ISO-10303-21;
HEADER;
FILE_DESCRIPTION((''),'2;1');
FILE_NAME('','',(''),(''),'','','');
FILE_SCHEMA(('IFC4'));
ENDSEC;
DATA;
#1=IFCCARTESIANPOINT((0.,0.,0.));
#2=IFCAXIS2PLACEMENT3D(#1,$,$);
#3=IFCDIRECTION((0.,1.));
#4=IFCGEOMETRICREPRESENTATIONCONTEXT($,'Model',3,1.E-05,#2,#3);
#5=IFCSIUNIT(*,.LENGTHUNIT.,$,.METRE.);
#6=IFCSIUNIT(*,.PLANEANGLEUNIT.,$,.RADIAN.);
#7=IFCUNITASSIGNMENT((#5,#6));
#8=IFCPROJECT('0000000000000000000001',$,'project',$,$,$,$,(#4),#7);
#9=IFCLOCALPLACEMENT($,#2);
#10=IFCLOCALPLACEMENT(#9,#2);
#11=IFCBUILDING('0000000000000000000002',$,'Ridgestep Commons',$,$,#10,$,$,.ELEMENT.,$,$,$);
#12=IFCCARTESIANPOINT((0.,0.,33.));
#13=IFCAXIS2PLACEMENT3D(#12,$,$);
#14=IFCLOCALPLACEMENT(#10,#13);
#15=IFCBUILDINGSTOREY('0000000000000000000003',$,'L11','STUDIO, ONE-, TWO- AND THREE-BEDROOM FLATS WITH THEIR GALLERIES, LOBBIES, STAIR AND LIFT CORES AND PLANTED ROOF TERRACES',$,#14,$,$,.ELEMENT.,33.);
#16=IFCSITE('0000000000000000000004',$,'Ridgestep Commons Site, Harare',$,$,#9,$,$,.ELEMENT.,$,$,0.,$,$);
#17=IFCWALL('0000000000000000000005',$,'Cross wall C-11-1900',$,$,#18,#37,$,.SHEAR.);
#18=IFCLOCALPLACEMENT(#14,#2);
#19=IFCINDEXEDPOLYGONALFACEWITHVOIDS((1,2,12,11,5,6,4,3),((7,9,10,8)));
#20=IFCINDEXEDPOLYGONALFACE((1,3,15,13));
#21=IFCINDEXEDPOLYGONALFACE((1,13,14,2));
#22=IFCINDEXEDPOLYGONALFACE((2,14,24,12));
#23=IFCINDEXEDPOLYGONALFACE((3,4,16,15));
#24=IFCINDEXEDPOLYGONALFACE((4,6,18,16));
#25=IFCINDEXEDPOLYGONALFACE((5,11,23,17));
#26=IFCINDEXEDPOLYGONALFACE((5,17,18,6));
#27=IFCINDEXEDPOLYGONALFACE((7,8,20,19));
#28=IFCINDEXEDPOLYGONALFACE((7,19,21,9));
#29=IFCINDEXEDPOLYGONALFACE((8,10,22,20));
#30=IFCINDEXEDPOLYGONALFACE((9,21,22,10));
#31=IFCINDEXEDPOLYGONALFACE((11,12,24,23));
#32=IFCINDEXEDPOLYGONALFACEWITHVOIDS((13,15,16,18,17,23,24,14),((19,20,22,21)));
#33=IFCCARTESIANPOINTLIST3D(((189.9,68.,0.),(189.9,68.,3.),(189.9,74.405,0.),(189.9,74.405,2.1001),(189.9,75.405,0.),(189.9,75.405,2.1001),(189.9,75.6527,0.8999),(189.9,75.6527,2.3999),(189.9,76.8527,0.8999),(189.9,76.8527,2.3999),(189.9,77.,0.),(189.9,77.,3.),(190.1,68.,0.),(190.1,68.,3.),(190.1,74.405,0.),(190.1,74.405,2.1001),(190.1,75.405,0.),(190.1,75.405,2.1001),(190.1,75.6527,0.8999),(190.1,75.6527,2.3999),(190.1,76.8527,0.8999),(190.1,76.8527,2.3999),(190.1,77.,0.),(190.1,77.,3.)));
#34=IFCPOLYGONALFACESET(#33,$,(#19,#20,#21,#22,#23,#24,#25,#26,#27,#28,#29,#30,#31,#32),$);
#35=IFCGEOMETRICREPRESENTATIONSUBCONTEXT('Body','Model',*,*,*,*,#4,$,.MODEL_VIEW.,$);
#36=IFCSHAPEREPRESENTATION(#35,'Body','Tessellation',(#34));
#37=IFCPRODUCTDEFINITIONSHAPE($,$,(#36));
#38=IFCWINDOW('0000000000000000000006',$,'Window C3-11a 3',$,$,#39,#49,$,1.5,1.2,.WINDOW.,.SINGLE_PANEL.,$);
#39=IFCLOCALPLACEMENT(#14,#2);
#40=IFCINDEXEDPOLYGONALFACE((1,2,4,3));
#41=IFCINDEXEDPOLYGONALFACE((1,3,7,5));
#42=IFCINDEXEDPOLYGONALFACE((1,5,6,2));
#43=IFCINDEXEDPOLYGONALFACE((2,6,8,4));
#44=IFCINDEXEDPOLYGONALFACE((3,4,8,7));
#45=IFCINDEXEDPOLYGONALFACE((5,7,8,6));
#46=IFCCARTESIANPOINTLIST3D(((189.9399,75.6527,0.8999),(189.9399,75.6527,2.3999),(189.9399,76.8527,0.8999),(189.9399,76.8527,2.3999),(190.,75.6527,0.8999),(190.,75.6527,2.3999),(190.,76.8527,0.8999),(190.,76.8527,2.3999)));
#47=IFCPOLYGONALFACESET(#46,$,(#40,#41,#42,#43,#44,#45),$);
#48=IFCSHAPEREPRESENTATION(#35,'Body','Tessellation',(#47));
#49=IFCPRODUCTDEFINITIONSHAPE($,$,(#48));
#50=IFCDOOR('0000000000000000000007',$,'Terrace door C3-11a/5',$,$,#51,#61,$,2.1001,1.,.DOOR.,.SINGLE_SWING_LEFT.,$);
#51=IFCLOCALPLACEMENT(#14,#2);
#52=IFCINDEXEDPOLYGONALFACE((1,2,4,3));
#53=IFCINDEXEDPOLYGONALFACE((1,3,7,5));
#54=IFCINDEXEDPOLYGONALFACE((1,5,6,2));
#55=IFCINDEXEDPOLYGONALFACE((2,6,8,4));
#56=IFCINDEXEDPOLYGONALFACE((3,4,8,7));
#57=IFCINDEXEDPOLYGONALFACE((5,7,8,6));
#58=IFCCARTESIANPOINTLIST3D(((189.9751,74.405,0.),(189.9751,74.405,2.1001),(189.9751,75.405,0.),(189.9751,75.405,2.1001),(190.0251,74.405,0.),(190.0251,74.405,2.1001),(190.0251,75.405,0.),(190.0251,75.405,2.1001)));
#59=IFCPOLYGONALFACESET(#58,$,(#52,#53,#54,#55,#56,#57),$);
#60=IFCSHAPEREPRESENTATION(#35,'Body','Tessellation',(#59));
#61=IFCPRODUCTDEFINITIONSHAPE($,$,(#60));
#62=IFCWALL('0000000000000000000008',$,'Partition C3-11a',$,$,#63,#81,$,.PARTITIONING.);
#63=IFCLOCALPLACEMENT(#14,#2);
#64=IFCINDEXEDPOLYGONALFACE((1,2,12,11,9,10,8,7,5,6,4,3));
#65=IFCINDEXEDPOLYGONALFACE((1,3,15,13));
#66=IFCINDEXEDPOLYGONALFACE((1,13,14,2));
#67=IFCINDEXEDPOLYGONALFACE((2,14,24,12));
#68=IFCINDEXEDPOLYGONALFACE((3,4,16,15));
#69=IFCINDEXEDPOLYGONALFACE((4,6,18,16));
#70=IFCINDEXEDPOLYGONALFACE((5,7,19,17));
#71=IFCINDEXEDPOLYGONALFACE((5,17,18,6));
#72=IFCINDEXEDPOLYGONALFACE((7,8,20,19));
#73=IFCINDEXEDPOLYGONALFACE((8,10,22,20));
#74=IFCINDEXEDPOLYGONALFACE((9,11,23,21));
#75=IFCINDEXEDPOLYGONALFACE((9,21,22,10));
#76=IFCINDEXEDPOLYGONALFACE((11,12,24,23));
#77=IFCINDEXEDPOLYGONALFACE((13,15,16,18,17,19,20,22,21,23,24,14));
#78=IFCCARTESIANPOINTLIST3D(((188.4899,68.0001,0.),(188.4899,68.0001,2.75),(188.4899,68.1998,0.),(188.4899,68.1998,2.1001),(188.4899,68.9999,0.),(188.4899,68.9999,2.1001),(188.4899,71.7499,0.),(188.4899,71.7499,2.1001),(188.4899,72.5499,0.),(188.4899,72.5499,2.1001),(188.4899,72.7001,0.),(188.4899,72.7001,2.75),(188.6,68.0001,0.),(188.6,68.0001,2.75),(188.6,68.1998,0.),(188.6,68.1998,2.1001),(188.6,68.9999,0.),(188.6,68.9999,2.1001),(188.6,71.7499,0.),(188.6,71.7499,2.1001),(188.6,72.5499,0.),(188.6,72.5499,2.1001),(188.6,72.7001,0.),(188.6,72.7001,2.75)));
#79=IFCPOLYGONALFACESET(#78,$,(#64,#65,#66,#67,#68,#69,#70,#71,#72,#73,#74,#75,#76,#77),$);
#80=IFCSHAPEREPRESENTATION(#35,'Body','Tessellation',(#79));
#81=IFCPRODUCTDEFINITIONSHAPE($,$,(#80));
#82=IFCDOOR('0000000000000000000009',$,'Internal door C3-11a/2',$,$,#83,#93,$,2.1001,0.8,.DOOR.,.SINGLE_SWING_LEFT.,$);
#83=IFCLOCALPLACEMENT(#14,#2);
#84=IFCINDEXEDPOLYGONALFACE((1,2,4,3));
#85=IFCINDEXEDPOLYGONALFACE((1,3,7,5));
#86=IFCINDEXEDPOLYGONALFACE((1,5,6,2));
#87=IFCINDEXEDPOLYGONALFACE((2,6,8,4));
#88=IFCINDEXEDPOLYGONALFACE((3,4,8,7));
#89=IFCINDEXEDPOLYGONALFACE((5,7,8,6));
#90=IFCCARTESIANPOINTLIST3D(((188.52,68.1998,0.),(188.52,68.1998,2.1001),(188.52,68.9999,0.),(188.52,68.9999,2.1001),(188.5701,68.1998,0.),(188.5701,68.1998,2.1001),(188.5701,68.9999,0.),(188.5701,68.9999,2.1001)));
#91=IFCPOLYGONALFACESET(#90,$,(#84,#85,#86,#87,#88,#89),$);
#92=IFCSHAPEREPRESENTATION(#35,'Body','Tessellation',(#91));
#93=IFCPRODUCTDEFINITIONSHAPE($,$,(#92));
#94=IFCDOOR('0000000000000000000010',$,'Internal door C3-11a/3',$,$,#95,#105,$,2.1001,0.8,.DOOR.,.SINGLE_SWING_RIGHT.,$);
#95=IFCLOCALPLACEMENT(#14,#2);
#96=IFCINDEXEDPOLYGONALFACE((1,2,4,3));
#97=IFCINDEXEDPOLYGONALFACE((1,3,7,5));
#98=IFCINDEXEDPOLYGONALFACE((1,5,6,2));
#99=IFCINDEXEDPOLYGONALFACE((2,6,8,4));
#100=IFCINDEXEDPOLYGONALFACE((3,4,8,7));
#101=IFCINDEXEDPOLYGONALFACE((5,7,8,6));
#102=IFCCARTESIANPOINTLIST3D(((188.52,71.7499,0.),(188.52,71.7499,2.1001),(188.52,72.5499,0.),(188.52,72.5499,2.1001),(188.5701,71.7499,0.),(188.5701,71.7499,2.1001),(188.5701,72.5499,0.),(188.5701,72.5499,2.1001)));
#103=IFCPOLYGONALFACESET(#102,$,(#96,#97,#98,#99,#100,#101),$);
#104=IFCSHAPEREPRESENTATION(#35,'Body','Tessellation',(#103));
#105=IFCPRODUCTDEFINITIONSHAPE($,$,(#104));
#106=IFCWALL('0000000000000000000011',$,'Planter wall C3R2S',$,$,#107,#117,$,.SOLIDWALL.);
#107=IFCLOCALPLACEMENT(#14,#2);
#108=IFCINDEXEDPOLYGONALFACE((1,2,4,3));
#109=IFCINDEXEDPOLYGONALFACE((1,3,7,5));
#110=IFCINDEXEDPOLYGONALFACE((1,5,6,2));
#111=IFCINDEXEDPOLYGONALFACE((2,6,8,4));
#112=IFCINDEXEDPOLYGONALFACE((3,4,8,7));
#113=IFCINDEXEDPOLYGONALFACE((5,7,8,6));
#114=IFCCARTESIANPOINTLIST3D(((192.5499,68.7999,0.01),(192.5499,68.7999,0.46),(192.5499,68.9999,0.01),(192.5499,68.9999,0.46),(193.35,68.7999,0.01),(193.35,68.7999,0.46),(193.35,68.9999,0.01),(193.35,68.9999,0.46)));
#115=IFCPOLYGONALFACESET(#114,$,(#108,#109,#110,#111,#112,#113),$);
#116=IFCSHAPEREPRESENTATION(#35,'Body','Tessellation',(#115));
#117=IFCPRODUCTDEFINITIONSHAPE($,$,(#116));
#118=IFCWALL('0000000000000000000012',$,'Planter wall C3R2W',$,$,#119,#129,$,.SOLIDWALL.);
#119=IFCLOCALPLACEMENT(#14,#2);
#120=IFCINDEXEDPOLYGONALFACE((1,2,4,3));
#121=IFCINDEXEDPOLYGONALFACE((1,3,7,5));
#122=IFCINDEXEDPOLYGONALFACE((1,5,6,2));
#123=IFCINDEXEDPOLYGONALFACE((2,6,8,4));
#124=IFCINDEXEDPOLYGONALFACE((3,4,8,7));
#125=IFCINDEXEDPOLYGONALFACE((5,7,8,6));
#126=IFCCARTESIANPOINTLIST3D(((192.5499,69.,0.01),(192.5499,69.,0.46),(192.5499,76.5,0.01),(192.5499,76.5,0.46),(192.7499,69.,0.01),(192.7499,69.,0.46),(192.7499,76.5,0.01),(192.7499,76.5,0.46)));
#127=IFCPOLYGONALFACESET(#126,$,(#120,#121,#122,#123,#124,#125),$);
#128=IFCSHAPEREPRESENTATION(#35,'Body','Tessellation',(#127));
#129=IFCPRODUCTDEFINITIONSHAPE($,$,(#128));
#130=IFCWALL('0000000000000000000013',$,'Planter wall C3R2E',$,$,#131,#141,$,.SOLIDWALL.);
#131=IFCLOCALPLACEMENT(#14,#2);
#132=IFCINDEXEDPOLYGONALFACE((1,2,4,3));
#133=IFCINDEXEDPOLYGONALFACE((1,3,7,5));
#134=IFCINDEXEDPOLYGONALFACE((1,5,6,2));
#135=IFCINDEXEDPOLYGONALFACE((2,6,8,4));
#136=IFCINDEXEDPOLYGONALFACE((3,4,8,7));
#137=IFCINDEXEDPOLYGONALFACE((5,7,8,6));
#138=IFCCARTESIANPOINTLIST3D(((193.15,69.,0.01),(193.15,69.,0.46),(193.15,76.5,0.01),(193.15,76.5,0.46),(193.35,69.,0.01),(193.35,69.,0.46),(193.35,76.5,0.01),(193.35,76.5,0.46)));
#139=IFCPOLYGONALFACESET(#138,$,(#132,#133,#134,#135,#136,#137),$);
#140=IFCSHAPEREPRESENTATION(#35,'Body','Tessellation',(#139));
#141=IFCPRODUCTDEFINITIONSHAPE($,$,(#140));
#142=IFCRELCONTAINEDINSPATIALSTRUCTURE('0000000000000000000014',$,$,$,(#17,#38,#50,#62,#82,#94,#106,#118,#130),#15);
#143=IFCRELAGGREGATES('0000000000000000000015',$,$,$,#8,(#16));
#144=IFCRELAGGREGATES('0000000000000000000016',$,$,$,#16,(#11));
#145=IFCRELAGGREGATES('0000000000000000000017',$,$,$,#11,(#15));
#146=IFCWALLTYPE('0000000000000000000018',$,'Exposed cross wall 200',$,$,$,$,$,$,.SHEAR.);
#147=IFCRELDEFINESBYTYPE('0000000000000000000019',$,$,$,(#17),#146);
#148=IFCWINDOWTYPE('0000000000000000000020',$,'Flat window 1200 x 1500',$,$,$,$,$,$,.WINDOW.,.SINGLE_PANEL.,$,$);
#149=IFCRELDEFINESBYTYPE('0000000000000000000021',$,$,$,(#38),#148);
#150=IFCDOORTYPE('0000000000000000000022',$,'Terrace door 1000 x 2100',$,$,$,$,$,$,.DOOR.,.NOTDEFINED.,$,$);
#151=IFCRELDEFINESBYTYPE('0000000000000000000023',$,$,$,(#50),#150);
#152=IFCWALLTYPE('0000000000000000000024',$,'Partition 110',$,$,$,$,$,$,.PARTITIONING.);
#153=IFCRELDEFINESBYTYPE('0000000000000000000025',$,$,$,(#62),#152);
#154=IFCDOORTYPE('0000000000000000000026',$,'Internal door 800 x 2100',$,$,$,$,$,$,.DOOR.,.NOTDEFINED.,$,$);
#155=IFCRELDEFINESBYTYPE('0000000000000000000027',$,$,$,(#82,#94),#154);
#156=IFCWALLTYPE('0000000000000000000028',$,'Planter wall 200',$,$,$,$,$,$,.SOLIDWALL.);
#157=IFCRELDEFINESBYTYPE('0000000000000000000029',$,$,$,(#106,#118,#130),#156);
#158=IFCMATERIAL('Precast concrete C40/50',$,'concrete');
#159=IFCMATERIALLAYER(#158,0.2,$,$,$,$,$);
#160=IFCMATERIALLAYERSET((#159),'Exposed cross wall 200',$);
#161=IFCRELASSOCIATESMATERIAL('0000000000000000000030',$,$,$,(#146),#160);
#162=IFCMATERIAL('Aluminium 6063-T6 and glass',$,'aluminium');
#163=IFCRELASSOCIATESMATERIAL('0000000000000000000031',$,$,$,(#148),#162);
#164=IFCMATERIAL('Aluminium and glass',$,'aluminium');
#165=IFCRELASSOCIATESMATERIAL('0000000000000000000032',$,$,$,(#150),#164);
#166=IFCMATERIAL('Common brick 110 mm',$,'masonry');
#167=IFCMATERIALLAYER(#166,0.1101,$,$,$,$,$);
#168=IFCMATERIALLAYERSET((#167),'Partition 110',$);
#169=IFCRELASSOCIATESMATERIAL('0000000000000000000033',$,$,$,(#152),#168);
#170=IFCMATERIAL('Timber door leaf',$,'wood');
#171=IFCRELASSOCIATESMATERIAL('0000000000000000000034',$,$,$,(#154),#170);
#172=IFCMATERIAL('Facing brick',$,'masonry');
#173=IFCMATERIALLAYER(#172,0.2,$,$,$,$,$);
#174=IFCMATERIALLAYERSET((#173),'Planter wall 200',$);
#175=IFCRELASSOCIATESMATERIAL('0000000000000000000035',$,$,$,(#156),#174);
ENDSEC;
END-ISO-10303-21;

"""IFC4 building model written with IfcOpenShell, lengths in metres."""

from ifc_helpers import new_model, si_unit, direction, frame, frame_2d, origin, place, context, subcontext, project, spatial, rectangle, extrude, material, layer, layer_set, type_object, element, fill, save


model = new_model("IFC4")

# Units and contexts
model_context = context("Model", 3, precision=1e-05, world=origin(), true_north=direction((0.0, 1.0)))
body_context = subcontext(model_context, "Body", "Model", "MODEL_VIEW")
ifc_project = project(units=[si_unit("LENGTHUNIT", "METRE"), si_unit("PLANEANGLEUNIT", "RADIAN")], contexts=[model_context])

# Site, building, storey
site_placement = place(None, origin())
site = spatial("IfcSite", under=ifc_project, at=site_placement, Name="Ridgestep Commons Site, Harare", CompositionType="ELEMENT", RefElevation=0.0)
building_placement = place(site_placement, origin())
building = spatial("IfcBuilding", under=site, at=building_placement, Name="Ridgestep Commons", CompositionType="ELEMENT")
storey_placement = place(building_placement, frame((0.0, 0.0, 33.0)))
storey = spatial("IfcBuildingStorey", under=building, at=storey_placement, Name="L11", Description="STUDIO, ONE-, TWO- AND THREE-BEDROOM FLATS WITH THEIR GALLERIES, LOBBIES, STAIR AND LIFT CORES AND PLANTED ROOF TERRACES", CompositionType="ELEMENT", Elevation=33.0)

# Wall, openings, window, door
ifc_material_1 = material(Name="Precast concrete C40/50", Category="concrete")
ifc_layer_1 = layer(ifc_material_1, 0.2)
ifc_layer_set_1 = layer_set([ifc_layer_1], Name="Exposed cross wall 200")
wall_type_1 = type_object("IfcWallType", Name="Exposed cross wall 200", PredefinedType="SHEAR", material=ifc_layer_set_1)
wall_1_placement = place(storey_placement, frame((190.0, 68.0, 0.0), z_axis=(0.0, 0.0, 1.0), x_axis=(0.0, 1.0, 0.0)))
wall_1 = element("IfcWall", 1, at=wall_1_placement, inside=storey, type_object=wall_type_1, Name="Cross wall C-11-1900", PredefinedType="SHEAR", context=body_context, shape_type="SweptSolid", body=[
    extrude(rectangle(XDim=9.0, YDim=0.2, at=frame_2d((4.5, 0.0))), origin(), (0.0, 0.0, 1.0), 3.0),
])
opening_1_placement = place(wall_1_placement, frame((7.6526, 0.0, 0.8999)))
opening_1 = element("IfcOpeningElement", 2, at=opening_1_placement, cuts=wall_1, PredefinedType="OPENING", context=body_context, shape_type="SweptSolid", body=[
    extrude(rectangle(XDim=1.2, YDim=1.5, at=frame_2d((0.6001, 0.75))), frame((0.0, 0.1099, 0.0), z_axis=(0.0, -1.0, 0.0), x_axis=(1.0, 0.0, 0.0)), (0.0, 0.0, 1.0), 0.22),
])
opening_2_placement = place(wall_1_placement, frame((6.405, 0.0, 0.0)))
opening_2 = element("IfcOpeningElement", 3, at=opening_2_placement, cuts=wall_1, PredefinedType="OPENING", context=body_context, shape_type="SweptSolid", body=[
    extrude(rectangle(XDim=1.0, YDim=2.1001, at=frame_2d((0.5, 1.05))), frame((0.0, 0.1099, 0.0), z_axis=(0.0, -1.0, 0.0), x_axis=(1.0, 0.0, 0.0)), (0.0, 0.0, 1.0), 0.22),
])
ifc_material_2 = material(Name="Aluminium 6063-T6 and glass", Category="aluminium")
window_type_1 = type_object("IfcWindowType", Name="Flat window 1200 x 1500", PartitioningType="SINGLE_PANEL", PredefinedType="WINDOW", material=ifc_material_2)
window_1_placement = place(opening_1_placement, origin())
window_1 = element("IfcWindow", 4, at=window_1_placement, inside=storey, type_object=window_type_1, Name="Window C3-11a 3", OverallHeight=1.5, OverallWidth=1.2, PartitioningType="SINGLE_PANEL", PredefinedType="WINDOW", context=body_context, shape_type="SweptSolid", body=[
    extrude(rectangle(XDim=1.2, YDim=1.5, at=frame_2d((0.6001, 0.75))), frame((0.0, 0.0601, 0.0), z_axis=(0.0, -1.0, 0.0), x_axis=(1.0, 0.0, 0.0)), (0.0, 0.0, 1.0), 0.0601),
])
fill(opening_1, window_1)
ifc_material_3 = material(Name="Aluminium and glass", Category="aluminium")
door_type_1 = type_object("IfcDoorType", Name="Terrace door 1000 x 2100", OperationType="NOTDEFINED", PredefinedType="DOOR", material=ifc_material_3)
door_1_placement = place(opening_2_placement, origin())
door_1 = element("IfcDoor", 5, at=door_1_placement, inside=storey, type_object=door_type_1, Name="Terrace door C3-11a/5", OperationType="SINGLE_SWING_LEFT", OverallHeight=2.1001, OverallWidth=1.0, PredefinedType="DOOR", context=body_context, shape_type="SweptSolid", body=[
    extrude(rectangle(XDim=1.0, YDim=2.1001, at=frame_2d((0.5, 1.05))), frame((0.0, 0.0249, 0.0), z_axis=(0.0, -1.0, 0.0), x_axis=(1.0, 0.0, 0.0)), (0.0, 0.0, 1.0), 0.05),
])
fill(opening_2, door_1)

# Wall, openings, doors
ifc_material_4 = material(Name="Common brick 110 mm", Category="masonry")
ifc_layer_2 = layer(ifc_material_4, 0.1101)
ifc_layer_set_2 = layer_set([ifc_layer_2], Name="Partition 110")
wall_type_2 = type_object("IfcWallType", Name="Partition 110", PredefinedType="PARTITIONING", material=ifc_layer_set_2)
wall_2_placement = place(storey_placement, frame((188.5449, 68.0, 0.0), z_axis=(0.0, 0.0, 1.0), x_axis=(0.0, 1.0, 0.0)))
wall_2 = element("IfcWall", 6, at=wall_2_placement, inside=storey, type_object=wall_type_2, Name="Partition C3-11a", PredefinedType="PARTITIONING", context=body_context, shape_type="SweptSolid", body=[
    extrude(rectangle(XDim=4.7, YDim=0.1101, at=frame_2d((2.3501, 0.0))), origin(), (0.0, 0.0, 1.0), 2.75),
])
opening_3_placement = place(wall_2_placement, frame((0.2, 0.0, 0.0)))
opening_3 = element("IfcOpeningElement", 7, at=opening_3_placement, cuts=wall_2, PredefinedType="OPENING", context=body_context, shape_type="SweptSolid", body=[
    extrude(rectangle(XDim=0.8, YDim=2.1001, at=frame_2d((0.3999, 1.05))), frame((0.0, 0.0649, 0.0), z_axis=(0.0, -1.0, 0.0), x_axis=(1.0, 0.0, 0.0)), (0.0, 0.0, 1.0), 0.1301),
])
opening_4_placement = place(wall_2_placement, frame((3.75, 0.0, 0.0)))
opening_4 = element("IfcOpeningElement", 8, at=opening_4_placement, cuts=wall_2, PredefinedType="OPENING", context=body_context, shape_type="SweptSolid", body=[
    extrude(rectangle(XDim=0.8, YDim=2.1001, at=frame_2d((0.3999, 1.05))), frame((0.0, 0.0649, 0.0), z_axis=(0.0, -1.0, 0.0), x_axis=(1.0, 0.0, 0.0)), (0.0, 0.0, 1.0), 0.1301),
])
ifc_material_5 = material(Name="Timber door leaf", Category="wood")
door_type_2 = type_object("IfcDoorType", Name="Internal door 800 x 2100", OperationType="NOTDEFINED", PredefinedType="DOOR", material=ifc_material_5)
door_2_placement = place(opening_3_placement, origin())
door_2 = element("IfcDoor", 9, at=door_2_placement, inside=storey, type_object=door_type_2, Name="Internal door C3-11a/2", OperationType="SINGLE_SWING_LEFT", OverallHeight=2.1001, OverallWidth=0.8, PredefinedType="DOOR", context=body_context, shape_type="SweptSolid", body=[
    extrude(rectangle(XDim=0.8, YDim=2.1001, at=frame_2d((0.3999, 1.05))), frame((0.0, 0.0249, 0.0), z_axis=(0.0, -1.0, 0.0), x_axis=(1.0, 0.0, 0.0)), (0.0, 0.0, 1.0), 0.05),
])
fill(opening_3, door_2)
door_3_placement = place(opening_4_placement, origin())
door_3 = element("IfcDoor", 10, at=door_3_placement, inside=storey, type_object=door_type_2, Name="Internal door C3-11a/3", OperationType="SINGLE_SWING_RIGHT", OverallHeight=2.1001, OverallWidth=0.8, PredefinedType="DOOR", context=body_context, shape_type="SweptSolid", body=[
    extrude(rectangle(XDim=0.8, YDim=2.1001, at=frame_2d((0.3999, 1.05))), frame((0.0, 0.0249, 0.0), z_axis=(0.0, -1.0, 0.0), x_axis=(1.0, 0.0, 0.0)), (0.0, 0.0, 1.0), 0.05),
])
fill(opening_4, door_3)

# Walls
ifc_material_6 = material(Name="Facing brick", Category="masonry")
ifc_layer_3 = layer(ifc_material_6, 0.2)
ifc_layer_set_3 = layer_set([ifc_layer_3], Name="Planter wall 200")
wall_type_3 = type_object("IfcWallType", Name="Planter wall 200", PredefinedType="SOLIDWALL", material=ifc_layer_set_3)
wall_3_placement = place(storey_placement, frame((192.55, 68.8999, 0.01), z_axis=(0.0, 0.0, 1.0), x_axis=(1.0, 0.0, 0.0)))
element("IfcWall", 11, at=wall_3_placement, inside=storey, type_object=wall_type_3, Name="Planter wall C3R2S", PredefinedType="SOLIDWALL", context=body_context, shape_type="SweptSolid", body=[
    extrude(rectangle(XDim=0.8, YDim=0.2, at=frame_2d((0.3999, 0.0))), origin(), (0.0, 0.0, 1.0), 0.45),
])
for number, where, z_axis, x_axis, name in (
    (12, (192.6499, 69.0, 0.01), (0.0, 0.0, 1.0), (0.0, 1.0, 0.0), "Planter wall C3R2W"),
    (13, (193.25, 69.0, 0.01), (0.0, 0.0, 1.0), (0.0, 1.0, 0.0), "Planter wall C3R2E"),
):
    element("IfcWall", number, at=place(storey_placement, frame(where, z_axis=z_axis, x_axis=x_axis)), inside=storey, type_object=wall_type_3, Name=name, PredefinedType="SOLIDWALL", context=body_context, shape_type="SweptSolid", body=[
        extrude(rectangle(XDim=7.5, YDim=0.2, at=frame_2d((3.75, 0.0))), origin(), (0.0, 0.0, 1.0), 0.45),
    ])

save(model, "model.ifc")
